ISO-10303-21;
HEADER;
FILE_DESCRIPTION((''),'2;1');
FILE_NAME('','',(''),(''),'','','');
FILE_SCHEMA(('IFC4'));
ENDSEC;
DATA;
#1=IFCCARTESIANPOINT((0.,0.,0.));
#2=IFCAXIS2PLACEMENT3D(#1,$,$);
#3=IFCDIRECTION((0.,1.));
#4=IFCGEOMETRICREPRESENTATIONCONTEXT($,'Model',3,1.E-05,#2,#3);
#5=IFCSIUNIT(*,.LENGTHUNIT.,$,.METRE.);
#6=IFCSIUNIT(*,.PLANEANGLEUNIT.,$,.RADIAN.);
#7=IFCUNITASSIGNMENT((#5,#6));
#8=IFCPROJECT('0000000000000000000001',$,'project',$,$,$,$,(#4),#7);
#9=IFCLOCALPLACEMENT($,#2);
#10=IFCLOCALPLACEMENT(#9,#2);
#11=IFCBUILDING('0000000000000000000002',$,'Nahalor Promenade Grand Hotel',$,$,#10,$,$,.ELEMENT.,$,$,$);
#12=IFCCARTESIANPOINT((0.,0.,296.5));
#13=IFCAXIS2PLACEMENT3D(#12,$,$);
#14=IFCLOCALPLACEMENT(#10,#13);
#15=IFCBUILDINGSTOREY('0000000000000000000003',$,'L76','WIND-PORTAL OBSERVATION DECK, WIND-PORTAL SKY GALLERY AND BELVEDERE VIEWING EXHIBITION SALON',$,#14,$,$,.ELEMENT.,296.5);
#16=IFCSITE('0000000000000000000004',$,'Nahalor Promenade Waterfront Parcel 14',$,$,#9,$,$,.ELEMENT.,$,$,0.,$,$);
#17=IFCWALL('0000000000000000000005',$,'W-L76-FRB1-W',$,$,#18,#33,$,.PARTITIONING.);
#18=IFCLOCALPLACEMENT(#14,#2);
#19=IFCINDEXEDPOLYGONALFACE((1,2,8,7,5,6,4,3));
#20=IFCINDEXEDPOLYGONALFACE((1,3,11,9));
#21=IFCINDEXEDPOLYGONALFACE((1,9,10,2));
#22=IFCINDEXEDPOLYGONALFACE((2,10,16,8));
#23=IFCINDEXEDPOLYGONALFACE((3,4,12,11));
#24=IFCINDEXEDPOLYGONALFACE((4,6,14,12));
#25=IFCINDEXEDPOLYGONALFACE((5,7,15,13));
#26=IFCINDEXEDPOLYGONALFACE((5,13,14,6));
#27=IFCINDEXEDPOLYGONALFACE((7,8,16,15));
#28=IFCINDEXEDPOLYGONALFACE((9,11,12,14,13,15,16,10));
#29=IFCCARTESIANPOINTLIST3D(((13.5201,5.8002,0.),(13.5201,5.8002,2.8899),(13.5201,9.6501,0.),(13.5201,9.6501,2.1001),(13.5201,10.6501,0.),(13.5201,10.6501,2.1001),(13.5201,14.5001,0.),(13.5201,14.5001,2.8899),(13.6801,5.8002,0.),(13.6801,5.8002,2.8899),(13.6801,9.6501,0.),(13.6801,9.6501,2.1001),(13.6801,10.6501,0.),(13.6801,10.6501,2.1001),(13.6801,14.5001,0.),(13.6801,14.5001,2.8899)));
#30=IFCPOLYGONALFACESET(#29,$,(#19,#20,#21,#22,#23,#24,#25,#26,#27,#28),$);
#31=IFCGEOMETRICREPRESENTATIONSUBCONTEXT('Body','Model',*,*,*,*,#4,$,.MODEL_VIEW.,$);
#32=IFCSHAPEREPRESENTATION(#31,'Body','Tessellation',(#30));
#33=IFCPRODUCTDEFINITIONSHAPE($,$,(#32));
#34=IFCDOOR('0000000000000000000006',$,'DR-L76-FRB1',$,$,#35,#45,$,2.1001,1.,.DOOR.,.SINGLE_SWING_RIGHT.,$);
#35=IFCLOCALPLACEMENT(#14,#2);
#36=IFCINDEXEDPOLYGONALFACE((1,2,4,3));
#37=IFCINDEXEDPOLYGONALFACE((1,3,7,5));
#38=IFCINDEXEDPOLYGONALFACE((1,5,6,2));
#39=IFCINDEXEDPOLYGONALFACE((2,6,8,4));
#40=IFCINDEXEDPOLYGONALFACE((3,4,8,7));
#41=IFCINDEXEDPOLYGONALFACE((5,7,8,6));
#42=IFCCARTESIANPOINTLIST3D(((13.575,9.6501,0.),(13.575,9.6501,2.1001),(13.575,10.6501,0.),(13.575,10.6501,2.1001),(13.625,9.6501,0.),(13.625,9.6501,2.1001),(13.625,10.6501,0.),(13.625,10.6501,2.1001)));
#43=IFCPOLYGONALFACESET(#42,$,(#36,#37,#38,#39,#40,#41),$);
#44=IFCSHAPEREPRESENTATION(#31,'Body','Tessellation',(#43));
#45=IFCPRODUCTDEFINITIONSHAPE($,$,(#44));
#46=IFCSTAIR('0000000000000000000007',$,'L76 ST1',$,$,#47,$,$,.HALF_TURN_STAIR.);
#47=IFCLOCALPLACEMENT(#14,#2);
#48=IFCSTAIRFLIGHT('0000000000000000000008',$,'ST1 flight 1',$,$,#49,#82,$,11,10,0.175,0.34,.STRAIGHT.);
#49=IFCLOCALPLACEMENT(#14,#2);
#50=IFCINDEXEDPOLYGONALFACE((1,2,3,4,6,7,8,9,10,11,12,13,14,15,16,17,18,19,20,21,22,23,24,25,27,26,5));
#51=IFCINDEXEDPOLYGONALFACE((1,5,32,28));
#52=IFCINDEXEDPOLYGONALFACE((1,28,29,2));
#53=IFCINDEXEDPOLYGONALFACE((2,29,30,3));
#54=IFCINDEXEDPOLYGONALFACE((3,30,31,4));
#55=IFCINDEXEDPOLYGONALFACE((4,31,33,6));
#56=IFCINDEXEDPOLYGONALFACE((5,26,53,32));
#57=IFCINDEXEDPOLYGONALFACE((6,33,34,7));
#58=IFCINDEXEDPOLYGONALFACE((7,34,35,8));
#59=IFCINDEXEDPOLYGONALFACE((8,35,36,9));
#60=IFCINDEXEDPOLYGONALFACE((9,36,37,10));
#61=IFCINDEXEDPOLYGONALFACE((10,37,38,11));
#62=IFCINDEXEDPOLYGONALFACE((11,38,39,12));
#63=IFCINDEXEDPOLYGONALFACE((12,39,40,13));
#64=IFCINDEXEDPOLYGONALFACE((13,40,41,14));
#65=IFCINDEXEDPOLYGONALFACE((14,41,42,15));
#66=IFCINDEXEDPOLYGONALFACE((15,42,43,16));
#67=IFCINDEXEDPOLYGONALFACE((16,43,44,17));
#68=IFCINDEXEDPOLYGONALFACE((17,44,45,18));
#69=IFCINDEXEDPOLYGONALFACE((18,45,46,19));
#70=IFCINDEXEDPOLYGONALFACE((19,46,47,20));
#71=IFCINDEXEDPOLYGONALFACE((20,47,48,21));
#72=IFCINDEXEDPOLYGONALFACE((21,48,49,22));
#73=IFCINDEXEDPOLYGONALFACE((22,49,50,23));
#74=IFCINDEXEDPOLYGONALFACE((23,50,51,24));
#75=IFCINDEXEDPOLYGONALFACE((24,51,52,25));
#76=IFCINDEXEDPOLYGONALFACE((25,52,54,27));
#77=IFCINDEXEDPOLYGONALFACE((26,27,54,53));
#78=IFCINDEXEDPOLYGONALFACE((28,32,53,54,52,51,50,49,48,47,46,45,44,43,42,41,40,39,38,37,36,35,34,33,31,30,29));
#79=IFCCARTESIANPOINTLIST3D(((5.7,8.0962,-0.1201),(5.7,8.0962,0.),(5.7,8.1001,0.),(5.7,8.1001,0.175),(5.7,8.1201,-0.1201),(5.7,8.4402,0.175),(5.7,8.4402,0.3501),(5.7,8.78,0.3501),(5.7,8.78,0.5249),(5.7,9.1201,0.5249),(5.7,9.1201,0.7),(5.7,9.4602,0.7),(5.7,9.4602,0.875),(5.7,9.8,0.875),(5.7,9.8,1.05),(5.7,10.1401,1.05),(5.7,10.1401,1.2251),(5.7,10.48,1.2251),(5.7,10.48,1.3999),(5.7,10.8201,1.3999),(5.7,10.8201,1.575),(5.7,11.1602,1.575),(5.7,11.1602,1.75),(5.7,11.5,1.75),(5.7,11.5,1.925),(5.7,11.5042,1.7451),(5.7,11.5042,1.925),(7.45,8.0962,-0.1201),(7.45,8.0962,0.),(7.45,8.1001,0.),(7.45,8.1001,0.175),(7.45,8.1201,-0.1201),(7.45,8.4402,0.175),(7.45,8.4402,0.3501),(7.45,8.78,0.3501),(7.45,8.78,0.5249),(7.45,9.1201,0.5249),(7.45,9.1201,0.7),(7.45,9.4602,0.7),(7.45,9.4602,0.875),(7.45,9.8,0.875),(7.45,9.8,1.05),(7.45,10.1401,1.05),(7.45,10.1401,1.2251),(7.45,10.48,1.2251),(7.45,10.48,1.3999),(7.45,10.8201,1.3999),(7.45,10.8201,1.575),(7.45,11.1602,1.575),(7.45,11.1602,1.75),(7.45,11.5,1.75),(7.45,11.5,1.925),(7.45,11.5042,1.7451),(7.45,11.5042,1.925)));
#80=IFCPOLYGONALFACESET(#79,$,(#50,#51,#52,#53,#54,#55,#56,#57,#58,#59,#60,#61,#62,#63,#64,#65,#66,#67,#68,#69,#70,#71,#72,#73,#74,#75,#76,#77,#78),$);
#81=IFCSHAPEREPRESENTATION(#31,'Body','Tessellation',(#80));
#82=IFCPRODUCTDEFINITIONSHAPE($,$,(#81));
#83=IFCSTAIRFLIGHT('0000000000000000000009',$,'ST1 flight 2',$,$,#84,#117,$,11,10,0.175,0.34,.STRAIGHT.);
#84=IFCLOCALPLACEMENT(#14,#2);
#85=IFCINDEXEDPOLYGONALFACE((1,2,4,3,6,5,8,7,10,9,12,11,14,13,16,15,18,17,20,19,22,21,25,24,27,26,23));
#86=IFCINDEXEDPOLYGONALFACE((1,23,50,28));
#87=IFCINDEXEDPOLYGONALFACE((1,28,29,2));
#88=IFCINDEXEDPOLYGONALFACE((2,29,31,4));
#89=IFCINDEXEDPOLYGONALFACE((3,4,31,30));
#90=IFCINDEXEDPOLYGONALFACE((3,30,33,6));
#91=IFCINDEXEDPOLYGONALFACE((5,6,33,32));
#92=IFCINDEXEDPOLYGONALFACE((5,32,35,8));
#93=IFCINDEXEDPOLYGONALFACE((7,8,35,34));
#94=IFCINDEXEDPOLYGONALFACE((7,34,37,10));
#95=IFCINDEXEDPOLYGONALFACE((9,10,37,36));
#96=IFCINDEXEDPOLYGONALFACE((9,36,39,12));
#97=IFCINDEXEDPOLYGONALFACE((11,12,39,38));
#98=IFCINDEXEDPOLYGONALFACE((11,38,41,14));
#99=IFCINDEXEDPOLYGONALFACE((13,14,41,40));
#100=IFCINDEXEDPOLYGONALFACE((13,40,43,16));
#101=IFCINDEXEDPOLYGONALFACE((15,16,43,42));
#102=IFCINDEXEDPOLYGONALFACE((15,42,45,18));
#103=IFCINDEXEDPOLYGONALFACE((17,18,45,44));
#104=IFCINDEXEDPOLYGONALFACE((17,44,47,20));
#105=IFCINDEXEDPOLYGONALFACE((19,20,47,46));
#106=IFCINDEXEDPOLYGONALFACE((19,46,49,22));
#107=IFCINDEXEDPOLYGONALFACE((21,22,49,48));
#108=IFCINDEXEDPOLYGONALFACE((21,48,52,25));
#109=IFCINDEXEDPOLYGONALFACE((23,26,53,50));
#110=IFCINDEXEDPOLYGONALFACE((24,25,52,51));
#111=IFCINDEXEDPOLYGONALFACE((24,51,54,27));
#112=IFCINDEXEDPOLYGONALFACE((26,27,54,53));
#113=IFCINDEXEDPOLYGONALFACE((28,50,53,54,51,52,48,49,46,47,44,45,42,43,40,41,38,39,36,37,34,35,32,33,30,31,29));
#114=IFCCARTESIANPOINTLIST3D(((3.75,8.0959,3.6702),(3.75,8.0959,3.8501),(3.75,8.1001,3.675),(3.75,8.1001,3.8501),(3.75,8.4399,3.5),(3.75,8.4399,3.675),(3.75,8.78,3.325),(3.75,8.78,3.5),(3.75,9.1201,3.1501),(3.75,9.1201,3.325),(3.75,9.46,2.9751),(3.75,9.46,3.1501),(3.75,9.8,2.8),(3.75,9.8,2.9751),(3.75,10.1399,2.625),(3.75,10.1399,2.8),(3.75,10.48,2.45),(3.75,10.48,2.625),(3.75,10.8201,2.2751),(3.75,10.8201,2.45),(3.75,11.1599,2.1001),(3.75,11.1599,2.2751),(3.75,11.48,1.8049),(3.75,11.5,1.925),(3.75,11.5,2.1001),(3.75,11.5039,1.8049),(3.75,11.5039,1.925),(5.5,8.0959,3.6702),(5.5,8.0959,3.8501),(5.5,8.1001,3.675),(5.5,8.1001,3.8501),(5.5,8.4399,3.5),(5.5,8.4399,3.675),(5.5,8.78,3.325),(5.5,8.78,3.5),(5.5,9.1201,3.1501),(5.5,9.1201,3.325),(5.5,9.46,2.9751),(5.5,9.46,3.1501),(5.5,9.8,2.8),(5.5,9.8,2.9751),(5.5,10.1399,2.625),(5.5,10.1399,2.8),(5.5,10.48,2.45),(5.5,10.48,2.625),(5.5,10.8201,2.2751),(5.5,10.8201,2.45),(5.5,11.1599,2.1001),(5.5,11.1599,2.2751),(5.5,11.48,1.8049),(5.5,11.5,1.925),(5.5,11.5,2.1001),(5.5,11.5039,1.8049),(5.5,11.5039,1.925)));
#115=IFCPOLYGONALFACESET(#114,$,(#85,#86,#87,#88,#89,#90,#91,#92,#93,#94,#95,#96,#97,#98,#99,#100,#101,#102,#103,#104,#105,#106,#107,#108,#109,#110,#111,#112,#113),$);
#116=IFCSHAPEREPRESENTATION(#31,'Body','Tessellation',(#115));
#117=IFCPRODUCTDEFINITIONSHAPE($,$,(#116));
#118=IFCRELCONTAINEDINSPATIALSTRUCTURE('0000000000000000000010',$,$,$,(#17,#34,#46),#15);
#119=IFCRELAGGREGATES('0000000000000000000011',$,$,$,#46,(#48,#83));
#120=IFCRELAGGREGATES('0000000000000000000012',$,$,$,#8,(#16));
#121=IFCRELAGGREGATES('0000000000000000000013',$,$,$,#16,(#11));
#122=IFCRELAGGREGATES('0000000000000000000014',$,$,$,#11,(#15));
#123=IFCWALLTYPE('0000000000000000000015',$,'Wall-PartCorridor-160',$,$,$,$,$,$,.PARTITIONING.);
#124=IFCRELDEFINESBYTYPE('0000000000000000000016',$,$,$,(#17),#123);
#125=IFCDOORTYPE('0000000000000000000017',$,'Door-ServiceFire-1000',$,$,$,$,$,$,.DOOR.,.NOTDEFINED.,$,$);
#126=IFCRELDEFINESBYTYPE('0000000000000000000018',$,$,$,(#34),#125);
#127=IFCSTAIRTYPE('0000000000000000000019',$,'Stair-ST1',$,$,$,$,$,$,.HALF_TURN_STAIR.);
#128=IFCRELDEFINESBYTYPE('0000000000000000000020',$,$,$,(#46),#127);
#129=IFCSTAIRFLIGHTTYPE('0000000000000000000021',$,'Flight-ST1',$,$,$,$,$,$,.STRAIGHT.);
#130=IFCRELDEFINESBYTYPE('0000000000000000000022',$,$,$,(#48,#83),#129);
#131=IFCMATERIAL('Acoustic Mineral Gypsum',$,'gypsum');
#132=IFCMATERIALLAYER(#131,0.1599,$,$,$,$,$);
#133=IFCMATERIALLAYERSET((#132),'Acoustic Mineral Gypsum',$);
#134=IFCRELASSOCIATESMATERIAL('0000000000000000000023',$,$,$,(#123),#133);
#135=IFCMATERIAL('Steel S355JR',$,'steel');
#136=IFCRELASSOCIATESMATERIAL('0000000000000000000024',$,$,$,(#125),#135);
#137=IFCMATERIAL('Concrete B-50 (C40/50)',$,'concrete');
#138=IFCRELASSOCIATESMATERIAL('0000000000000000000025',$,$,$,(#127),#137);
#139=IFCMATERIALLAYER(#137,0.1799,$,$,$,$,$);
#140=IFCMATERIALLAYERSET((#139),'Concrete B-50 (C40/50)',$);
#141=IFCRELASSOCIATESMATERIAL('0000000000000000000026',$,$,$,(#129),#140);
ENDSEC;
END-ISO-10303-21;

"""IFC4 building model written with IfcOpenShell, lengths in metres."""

from ifc_helpers import new_model, si_unit, direction, frame, frame_2d, origin, place, context, subcontext, project, spatial, polyline, rectangle, outline, extrude, source, transform, mapped, material, layer, layer_set, type_object, element, fill, aggregate, save


model = new_model("IFC4")

# Units and contexts
model_context = context("Model", 3, precision=1e-05, world=origin(), true_north=direction((0.0, 1.0)))
body_context = subcontext(model_context, "Body", "Model", "MODEL_VIEW")
ifc_project = project(units=[si_unit("LENGTHUNIT", "METRE"), si_unit("PLANEANGLEUNIT", "RADIAN")], contexts=[model_context])

# Site, building, storey
site_placement = place(None, origin())
site = spatial("IfcSite", under=ifc_project, at=site_placement, Name="Nahalor Promenade Waterfront Parcel 14", CompositionType="ELEMENT", RefElevation=0.0)
building_placement = place(site_placement, origin())
building = spatial("IfcBuilding", under=site, at=building_placement, Name="Nahalor Promenade Grand Hotel", CompositionType="ELEMENT")
storey_placement = place(building_placement, frame((0.0, 0.0, 296.5)))
storey = spatial("IfcBuildingStorey", under=building, at=storey_placement, Name="L76", Description="WIND-PORTAL OBSERVATION DECK, WIND-PORTAL SKY GALLERY AND BELVEDERE VIEWING EXHIBITION SALON", CompositionType="ELEMENT", Elevation=296.5)

# Shared definitions
ifc_material_1 = material(Name="Steel S355JR", Category="steel")

# Shared definitions
ifc_material_2 = material(Name="Concrete B-50 (C40/50)", Category="concrete")

# Shared definitions
ifc_material_3 = material(Name="Acoustic Mineral Gypsum", Category="gypsum")
ifc_layer_1 = layer(ifc_material_3, 0.1599)
ifc_layer_set_1 = layer_set([ifc_layer_1], Name="Acoustic Mineral Gypsum")
wall_type_1 = type_object("IfcWallType", Name="Wall-PartCorridor-160", PredefinedType="PARTITIONING", material=ifc_layer_set_1)

# Wall, opening, door
shared_shape_1 = source(origin(), body_context, "Body", "SweptSolid", [
    extrude(rectangle(XDim=8.7, YDim=0.1599, at=frame_2d((4.3501, 0.0))), origin(), (0.0, 0.0, 1.0), 2.8899),
])
wall_1_placement = place(storey_placement, frame((13.6001, 5.8, 0.0), z_axis=(0.0, 0.0, 1.0), x_axis=(0.0, 1.0, 0.0)))
wall_1 = element("IfcWall", 1, at=wall_1_placement, inside=storey, type_object=wall_type_1, Name="W-L76-FRB1-W", PredefinedType="PARTITIONING", context=body_context, shape_type="MappedRepresentation", body=[
    mapped(shared_shape_1, transform((0.0, 0.0, 0.0), scale=1.0)),
])
opening_1_placement = place(wall_1_placement, frame((3.8501, 0.0, 0.0)))
opening_1 = element("IfcOpeningElement", 2, at=opening_1_placement, cuts=wall_1, PredefinedType="OPENING", context=body_context, shape_type="SweptSolid", body=[
    extrude(rectangle(XDim=1.0, YDim=2.1001, at=frame_2d((0.5, 1.05))), frame((0.0, 0.0898, 0.0), z_axis=(0.0, -1.0, 0.0), x_axis=(1.0, 0.0, 0.0)), (0.0, 0.0, 1.0), 0.1799),
])
door_type_1 = type_object("IfcDoorType", Name="Door-ServiceFire-1000", OperationType="NOTDEFINED", PredefinedType="DOOR", material=ifc_material_1)
shared_shape_2 = source(origin(), body_context, "Body", "SweptSolid", [
    extrude(rectangle(XDim=1.0, YDim=2.1001, at=frame_2d((0.5, 1.05))), frame((0.0, 0.0249, 0.0), z_axis=(0.0, -1.0, 0.0), x_axis=(1.0, 0.0, 0.0)), (0.0, 0.0, 1.0), 0.05),
])
door_1_placement = place(opening_1_placement, frame((1.0, 0.0, 0.0), z_axis=(0.0, 0.0, 1.0), x_axis=(-1.0, 0.0, 0.0)))
door_1 = element("IfcDoor", 3, at=door_1_placement, inside=storey, type_object=door_type_1, Name="DR-L76-FRB1", OperationType="SINGLE_SWING_RIGHT", OverallHeight=2.1001, OverallWidth=1.0, PredefinedType="DOOR", context=body_context, shape_type="MappedRepresentation", body=[
    mapped(shared_shape_2, transform((0.0, 0.0, 0.0), scale=1.0)),
])
fill(opening_1, door_1)

# Stair, stair flights
stair_type = type_object("IfcStairType", Name="Stair-ST1", PredefinedType="HALF_TURN_STAIR", material=ifc_material_2)
stair_placement = place(storey_placement, origin())
stair = element("IfcStair", 4, at=stair_placement, inside=storey, type_object=stair_type, Name="L76 ST1", PredefinedType="HALF_TURN_STAIR")
ifc_layer_2 = layer(ifc_material_2, 0.1799)
ifc_layer_set_2 = layer_set([ifc_layer_2], Name="Concrete B-50 (C40/50)")
stair_flight_type = type_object("IfcStairFlightType", Name="Flight-ST1", PredefinedType="STRAIGHT", material=ifc_layer_set_2)
shared_shape_3 = source(origin(), body_context, "Body", "SweptSolid", [
    extrude(outline(polyline([(-0.0039, -0.1201), (-0.0039, 0.0), (0.0, 0.0), (0.0, 0.175), (0.3401, 0.175), (0.3401, 0.3501), (0.6799, 0.3501), (0.6799, 0.5249), (1.02, 0.5249), (1.02, 0.7), (1.3601, 0.7), (1.3601, 0.875), (1.7, 0.875), (1.7, 1.05), (2.04, 1.05), (2.04, 1.2251), (2.3799, 1.2251), (2.3799, 1.3999), (2.72, 1.3999), (2.72, 1.575), (3.0601, 1.575), (3.0601, 1.75), (3.3999, 1.75), (3.3999, 1.925), (3.4041, 1.925), (3.4041, 1.7451), (0.02, -0.1201), (-0.0039, -0.1201)])), frame((0.0, 0.875, 0.0), z_axis=(0.0, -1.0, 0.0), x_axis=(1.0, 0.0, 0.0)), (0.0, 0.0, 1.0), 1.75),
])
stair_flight_1_placement = place(storey_placement, frame((6.575, 8.1001, 0.0), z_axis=(0.0, 0.0, 1.0), x_axis=(0.0, 1.0, 0.0)))
stair_flight_1 = element("IfcStairFlight", 5, at=stair_flight_1_placement, type_object=stair_flight_type, Name="ST1 flight 1", NumberOfRisers=11, NumberOfTreads=10, PredefinedType="STRAIGHT", RiserHeight=0.175, TreadLength=0.34, context=body_context, shape_type="MappedRepresentation", body=[
    mapped(shared_shape_3, transform((0.0, 0.0, 0.0), scale=1.0)),
])
stair_flight_2_placement = place(storey_placement, frame((4.625, 11.5, 1.925), z_axis=(0.0, 0.0, 1.0), x_axis=(0.0, -1.0, 0.0)))
stair_flight_2 = element("IfcStairFlight", 6, at=stair_flight_2_placement, type_object=stair_flight_type, Name="ST1 flight 2", NumberOfRisers=11, NumberOfTreads=10, PredefinedType="STRAIGHT", RiserHeight=0.175, TreadLength=0.34, context=body_context, shape_type="MappedRepresentation", body=[
    mapped(shared_shape_3, transform((0.0, 0.0, 0.0), scale=1.0)),
])
aggregate(stair, [stair_flight_1, stair_flight_2])

save(model, "model.ifc")
